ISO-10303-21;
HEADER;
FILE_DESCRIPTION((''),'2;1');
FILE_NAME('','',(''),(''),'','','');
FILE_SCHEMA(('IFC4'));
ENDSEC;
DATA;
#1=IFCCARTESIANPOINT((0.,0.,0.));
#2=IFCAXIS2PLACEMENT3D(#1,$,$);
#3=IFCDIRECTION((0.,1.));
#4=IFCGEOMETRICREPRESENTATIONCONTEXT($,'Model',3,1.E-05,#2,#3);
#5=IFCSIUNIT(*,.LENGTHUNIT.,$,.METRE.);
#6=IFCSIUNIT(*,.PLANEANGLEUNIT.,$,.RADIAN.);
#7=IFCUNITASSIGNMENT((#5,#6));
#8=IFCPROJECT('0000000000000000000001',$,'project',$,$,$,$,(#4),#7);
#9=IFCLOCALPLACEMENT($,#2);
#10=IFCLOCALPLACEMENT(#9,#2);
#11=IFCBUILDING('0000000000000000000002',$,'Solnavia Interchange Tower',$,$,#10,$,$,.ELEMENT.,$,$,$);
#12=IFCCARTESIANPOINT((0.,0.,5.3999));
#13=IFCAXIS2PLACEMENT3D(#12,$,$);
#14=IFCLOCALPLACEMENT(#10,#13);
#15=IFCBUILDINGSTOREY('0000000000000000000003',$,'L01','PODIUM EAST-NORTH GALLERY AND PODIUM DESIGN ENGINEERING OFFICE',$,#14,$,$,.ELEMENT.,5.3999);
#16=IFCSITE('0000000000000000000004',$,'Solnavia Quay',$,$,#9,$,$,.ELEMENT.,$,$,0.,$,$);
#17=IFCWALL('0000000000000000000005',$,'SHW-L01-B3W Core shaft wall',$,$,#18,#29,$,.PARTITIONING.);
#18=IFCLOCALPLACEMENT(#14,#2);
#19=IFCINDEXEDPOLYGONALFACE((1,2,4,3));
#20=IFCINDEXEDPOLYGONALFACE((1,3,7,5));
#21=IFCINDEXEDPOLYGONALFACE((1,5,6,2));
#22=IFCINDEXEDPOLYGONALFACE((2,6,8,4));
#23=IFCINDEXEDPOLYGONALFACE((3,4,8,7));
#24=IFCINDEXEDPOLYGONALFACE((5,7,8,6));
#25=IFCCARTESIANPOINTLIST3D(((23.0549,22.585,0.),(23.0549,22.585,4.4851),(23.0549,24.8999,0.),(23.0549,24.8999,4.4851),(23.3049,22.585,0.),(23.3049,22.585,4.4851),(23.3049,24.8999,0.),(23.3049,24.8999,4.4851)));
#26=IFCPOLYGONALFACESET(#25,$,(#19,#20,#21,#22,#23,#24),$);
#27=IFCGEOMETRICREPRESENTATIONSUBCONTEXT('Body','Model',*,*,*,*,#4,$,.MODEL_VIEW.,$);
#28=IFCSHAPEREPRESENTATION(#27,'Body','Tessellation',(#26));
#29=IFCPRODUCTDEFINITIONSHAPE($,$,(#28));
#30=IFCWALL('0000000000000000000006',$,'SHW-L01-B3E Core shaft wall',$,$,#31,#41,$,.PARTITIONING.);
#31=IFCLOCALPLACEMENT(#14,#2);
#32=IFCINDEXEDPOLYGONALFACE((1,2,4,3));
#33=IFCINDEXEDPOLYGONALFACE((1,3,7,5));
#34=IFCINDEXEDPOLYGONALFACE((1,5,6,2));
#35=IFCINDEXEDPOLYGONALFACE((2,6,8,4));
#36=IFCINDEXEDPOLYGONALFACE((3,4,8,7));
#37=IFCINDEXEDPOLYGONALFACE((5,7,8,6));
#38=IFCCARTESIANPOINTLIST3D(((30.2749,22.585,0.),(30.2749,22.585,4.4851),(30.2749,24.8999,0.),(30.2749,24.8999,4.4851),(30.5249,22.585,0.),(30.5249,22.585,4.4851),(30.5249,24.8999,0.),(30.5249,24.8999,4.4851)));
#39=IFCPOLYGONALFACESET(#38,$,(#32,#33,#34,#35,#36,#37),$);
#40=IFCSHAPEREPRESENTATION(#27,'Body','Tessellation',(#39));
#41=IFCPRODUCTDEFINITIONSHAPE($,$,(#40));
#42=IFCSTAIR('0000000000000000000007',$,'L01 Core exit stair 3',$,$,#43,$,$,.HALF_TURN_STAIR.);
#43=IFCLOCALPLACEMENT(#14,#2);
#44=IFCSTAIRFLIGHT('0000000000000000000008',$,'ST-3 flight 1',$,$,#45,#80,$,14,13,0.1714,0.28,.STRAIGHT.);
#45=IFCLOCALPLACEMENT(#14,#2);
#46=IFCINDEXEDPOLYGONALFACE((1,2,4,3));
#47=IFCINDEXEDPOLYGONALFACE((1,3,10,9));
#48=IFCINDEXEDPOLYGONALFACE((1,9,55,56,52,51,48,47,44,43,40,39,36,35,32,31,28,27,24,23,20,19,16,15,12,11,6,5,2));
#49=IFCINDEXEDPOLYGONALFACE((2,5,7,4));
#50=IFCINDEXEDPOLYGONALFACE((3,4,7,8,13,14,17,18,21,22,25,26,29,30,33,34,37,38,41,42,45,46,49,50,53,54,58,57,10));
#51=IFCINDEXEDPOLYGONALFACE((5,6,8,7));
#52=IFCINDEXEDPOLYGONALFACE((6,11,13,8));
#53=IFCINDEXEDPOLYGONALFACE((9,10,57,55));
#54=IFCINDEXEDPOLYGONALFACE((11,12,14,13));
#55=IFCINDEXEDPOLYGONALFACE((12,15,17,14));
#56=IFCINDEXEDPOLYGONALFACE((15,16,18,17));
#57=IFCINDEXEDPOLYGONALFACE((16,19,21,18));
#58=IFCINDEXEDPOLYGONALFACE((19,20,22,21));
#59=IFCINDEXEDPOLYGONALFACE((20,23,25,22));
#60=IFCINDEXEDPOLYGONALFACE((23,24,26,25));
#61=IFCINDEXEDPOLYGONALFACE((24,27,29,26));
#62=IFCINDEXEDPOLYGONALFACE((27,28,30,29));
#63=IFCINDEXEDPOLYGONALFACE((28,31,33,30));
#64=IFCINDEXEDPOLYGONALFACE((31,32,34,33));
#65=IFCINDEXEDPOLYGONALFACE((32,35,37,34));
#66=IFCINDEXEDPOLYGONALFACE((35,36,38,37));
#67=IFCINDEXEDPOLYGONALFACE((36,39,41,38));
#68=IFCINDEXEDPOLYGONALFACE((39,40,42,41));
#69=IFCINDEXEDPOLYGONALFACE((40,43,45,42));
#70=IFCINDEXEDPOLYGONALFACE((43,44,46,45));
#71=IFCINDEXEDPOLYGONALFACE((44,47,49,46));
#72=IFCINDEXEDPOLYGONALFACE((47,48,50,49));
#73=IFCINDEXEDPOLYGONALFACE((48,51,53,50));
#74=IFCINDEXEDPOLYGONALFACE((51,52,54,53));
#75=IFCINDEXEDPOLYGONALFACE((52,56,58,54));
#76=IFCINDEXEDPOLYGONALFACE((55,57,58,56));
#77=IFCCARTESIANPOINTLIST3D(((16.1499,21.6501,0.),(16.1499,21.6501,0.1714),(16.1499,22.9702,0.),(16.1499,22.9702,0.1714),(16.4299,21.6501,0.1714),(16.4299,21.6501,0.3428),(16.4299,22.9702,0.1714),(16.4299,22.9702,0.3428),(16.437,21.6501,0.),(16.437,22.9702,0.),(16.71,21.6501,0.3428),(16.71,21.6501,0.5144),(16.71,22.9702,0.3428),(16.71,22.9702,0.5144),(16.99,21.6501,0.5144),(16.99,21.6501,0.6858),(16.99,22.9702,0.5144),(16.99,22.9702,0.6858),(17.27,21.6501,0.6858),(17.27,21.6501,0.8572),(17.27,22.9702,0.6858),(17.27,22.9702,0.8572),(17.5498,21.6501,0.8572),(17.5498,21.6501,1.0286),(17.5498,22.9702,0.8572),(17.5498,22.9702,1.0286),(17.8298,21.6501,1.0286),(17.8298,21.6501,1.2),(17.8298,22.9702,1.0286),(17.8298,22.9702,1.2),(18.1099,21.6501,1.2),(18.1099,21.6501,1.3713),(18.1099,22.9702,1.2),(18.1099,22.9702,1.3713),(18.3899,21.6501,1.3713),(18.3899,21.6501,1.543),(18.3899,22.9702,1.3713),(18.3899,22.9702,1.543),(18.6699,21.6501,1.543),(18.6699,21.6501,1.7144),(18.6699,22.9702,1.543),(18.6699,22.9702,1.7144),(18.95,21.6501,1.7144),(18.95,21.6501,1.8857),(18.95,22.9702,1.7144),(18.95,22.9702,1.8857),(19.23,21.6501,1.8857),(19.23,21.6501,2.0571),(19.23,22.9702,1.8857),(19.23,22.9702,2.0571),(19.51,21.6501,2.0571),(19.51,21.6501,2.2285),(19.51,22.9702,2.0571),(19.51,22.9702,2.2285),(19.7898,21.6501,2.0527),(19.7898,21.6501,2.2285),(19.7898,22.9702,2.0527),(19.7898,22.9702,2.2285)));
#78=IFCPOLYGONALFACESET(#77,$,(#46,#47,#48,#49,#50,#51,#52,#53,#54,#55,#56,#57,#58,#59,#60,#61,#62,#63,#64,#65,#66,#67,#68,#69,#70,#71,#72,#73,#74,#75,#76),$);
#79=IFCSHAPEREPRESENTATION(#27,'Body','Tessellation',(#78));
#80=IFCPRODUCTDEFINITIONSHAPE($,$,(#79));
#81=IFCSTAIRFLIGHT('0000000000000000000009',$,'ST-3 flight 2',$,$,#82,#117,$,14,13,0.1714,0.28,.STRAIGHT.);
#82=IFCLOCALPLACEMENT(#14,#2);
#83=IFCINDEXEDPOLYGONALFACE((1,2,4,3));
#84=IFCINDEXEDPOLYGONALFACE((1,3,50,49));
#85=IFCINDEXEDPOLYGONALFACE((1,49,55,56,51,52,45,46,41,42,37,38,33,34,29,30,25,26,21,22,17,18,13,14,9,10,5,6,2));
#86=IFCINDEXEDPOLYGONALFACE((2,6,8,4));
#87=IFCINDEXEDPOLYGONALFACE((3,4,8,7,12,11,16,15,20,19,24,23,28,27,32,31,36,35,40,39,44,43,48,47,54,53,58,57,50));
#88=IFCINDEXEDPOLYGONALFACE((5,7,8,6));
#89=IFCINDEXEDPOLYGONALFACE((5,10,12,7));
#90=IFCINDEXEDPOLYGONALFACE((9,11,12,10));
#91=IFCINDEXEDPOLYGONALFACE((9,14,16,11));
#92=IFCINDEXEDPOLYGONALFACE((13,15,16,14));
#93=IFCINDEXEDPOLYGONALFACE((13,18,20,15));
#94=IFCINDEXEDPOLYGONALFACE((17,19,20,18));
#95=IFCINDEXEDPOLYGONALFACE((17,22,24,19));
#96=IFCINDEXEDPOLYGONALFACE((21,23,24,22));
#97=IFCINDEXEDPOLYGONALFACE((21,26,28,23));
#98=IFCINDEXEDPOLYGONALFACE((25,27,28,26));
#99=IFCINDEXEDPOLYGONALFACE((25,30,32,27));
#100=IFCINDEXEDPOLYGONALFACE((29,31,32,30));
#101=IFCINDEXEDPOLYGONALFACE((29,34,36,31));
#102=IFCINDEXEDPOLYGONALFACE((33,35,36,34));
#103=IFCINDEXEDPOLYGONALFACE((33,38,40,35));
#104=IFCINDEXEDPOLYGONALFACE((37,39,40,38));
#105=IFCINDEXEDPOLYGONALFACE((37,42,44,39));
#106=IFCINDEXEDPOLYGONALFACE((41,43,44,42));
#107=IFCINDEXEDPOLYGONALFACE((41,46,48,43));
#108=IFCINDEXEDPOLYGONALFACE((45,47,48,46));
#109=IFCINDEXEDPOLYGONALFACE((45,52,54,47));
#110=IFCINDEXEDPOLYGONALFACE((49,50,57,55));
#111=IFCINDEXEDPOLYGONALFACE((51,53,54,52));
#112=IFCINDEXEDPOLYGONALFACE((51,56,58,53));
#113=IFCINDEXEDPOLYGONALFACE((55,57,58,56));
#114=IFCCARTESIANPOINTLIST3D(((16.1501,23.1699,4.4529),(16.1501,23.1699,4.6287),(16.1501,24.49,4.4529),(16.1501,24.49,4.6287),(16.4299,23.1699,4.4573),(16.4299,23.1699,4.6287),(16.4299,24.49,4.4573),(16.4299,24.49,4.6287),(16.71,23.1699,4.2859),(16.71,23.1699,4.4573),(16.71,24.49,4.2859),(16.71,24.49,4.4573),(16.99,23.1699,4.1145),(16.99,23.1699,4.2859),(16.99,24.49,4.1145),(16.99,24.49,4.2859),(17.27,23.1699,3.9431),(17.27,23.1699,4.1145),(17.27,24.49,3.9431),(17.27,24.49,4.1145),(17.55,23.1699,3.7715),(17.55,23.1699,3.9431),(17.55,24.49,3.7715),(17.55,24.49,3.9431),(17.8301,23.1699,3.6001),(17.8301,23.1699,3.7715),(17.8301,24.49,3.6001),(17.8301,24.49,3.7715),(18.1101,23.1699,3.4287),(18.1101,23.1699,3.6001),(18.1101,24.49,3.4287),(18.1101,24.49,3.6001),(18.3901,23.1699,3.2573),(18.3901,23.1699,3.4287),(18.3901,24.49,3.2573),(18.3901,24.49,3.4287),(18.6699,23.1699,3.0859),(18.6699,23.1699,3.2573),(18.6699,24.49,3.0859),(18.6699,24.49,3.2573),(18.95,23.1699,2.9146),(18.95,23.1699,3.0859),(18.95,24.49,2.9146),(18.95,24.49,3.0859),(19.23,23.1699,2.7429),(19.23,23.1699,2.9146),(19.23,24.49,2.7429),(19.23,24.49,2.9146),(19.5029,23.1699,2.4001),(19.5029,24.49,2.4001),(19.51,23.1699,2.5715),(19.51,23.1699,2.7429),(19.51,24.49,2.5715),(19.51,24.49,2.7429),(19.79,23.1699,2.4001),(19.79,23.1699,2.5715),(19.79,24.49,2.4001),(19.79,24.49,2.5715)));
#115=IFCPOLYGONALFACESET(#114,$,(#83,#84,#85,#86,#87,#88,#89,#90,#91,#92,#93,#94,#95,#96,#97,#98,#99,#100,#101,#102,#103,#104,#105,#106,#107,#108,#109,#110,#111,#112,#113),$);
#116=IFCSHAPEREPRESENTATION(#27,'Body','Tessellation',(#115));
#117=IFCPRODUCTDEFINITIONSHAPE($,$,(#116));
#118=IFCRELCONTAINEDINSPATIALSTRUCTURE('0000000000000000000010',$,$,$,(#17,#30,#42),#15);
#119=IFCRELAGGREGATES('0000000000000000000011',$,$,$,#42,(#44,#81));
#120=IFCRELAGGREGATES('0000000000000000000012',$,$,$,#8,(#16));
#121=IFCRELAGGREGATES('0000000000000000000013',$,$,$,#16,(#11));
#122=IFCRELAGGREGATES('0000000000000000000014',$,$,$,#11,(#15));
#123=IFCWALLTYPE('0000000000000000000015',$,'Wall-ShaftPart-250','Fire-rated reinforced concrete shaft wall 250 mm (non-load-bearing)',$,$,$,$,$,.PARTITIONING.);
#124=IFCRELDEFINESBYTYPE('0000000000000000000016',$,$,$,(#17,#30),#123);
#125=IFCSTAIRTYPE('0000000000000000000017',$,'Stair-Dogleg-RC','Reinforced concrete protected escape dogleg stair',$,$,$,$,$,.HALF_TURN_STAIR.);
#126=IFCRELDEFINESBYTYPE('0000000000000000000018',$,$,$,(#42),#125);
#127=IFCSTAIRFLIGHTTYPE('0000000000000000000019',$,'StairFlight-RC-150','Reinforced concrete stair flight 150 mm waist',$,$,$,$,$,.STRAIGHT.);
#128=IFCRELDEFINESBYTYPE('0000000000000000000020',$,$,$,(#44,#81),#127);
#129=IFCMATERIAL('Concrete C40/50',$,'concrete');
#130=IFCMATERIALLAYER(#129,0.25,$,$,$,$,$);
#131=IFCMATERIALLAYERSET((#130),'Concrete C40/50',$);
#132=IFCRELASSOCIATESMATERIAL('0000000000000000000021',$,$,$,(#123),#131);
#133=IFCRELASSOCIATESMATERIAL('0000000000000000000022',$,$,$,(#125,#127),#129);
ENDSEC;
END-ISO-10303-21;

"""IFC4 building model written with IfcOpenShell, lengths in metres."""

from ifc_helpers import new_model, si_unit, direction, frame, frame_2d, origin, place, context, subcontext, project, spatial, polyline, rectangle, outline, extrude, material, layer, layer_set, type_object, element, aggregate, save


model = new_model("IFC4")

# Units and contexts
model_context = context("Model", 3, precision=1e-05, world=origin(), true_north=direction((0.0, 1.0)))
body_context = subcontext(model_context, "Body", "Model", "MODEL_VIEW")
ifc_project = project(units=[si_unit("LENGTHUNIT", "METRE"), si_unit("PLANEANGLEUNIT", "RADIAN")], contexts=[model_context])

# Site, building, storey
site_placement = place(None, origin())
site = spatial("IfcSite", under=ifc_project, at=site_placement, Name="Solnavia Quay", CompositionType="ELEMENT", RefElevation=0.0)
building_placement = place(site_placement, origin())
building = spatial("IfcBuilding", under=site, at=building_placement, Name="Solnavia Interchange Tower", CompositionType="ELEMENT")
storey_placement = place(building_placement, frame((0.0, 0.0, 5.3999)))
storey = spatial("IfcBuildingStorey", under=building, at=storey_placement, Name="L01", Description="PODIUM EAST-NORTH GALLERY AND PODIUM DESIGN ENGINEERING OFFICE", CompositionType="ELEMENT", Elevation=5.3999)

# Shared definitions
ifc_material_1 = material(Name="Concrete C40/50", Category="concrete")

# Shared definitions
ifc_layer_1 = layer(ifc_material_1, 0.25)
ifc_layer_set_1 = layer_set([ifc_layer_1], Name="Concrete C40/50")
wall_type_1 = type_object("IfcWallType", Name="Wall-ShaftPart-250", Description="Fire-rated reinforced concrete shaft wall 250 mm (non-load-bearing)", PredefinedType="PARTITIONING", material=ifc_layer_set_1)

# Walls
for number, where, z_axis, x_axis, name in (
    (1, (23.1799, 22.585, 0.0), (0.0, 0.0, 1.0), (0.0, 1.0, 0.0), "SHW-L01-B3W Core shaft wall"),
    (2, (30.3999, 22.585, 0.0), (0.0, 0.0, 1.0), (0.0, 1.0, 0.0), "SHW-L01-B3E Core shaft wall"),
):
    element("IfcWall", number, at=place(storey_placement, frame(where, z_axis=z_axis, x_axis=x_axis)), inside=storey, type_object=wall_type_1, Name=name, PredefinedType="PARTITIONING", context=body_context, shape_type="SweptSolid", body=[
        extrude(rectangle(XDim=2.3149, YDim=0.25, at=frame_2d((1.1575, 0.0))), origin(), (0.0, 0.0, 1.0), 4.4851),
    ])

# Stair, stair flights
stair_type = type_object("IfcStairType", Name="Stair-Dogleg-RC", Description="Reinforced concrete protected escape dogleg stair", PredefinedType="HALF_TURN_STAIR", material=ifc_material_1)
stair_placement = place(storey_placement, origin())
stair = element("IfcStair", 3, at=stair_placement, inside=storey, type_object=stair_type, Name="L01 Core exit stair 3", PredefinedType="HALF_TURN_STAIR")
stair_flight_type = type_object("IfcStairFlightType", Name="StairFlight-RC-150", Description="Reinforced concrete stair flight 150 mm waist", PredefinedType="STRAIGHT", material=ifc_material_1)
stair_flight_1_placement = place(storey_placement, frame((16.1499, 22.3101, 0.0), z_axis=(0.0, 0.0, 1.0), x_axis=(1.0, 0.0, 0.0)))
stair_flight_1 = element("IfcStairFlight", 4, at=stair_flight_1_placement, type_object=stair_flight_type, Name="ST-3 flight 1", NumberOfRisers=14, NumberOfTreads=13, PredefinedType="STRAIGHT", RiserHeight=0.1714, TreadLength=0.28, context=body_context, shape_type="SweptSolid", body=[
    extrude(outline(polyline([(0.0, 0.0), (0.0, 0.1714), (0.28, 0.1714), (0.28, 0.3428), (0.5601, 0.3428), (0.5601, 0.5144), (0.8401, 0.5144), (0.8401, 0.6858), (1.1201, 0.6858), (1.1201, 0.8572), (1.3999, 0.8572), (1.3999, 1.0286), (1.6799, 1.0286), (1.6799, 1.2), (1.96, 1.2), (1.96, 1.3713), (2.24, 1.3713), (2.24, 1.543), (2.52, 1.543), (2.52, 1.7144), (2.8, 1.7144), (2.8, 1.8857), (3.0801, 1.8857), (3.0801, 2.0571), (3.3601, 2.0571), (3.3601, 2.2285), (3.6399, 2.2285), (3.6399, 2.3999), (3.6399, 2.0527), (0.2871, 0.0), (0.0, 0.0)])), frame((0.0, 0.6602, 0.0), z_axis=(0.0, -1.0, 0.0), x_axis=(1.0, 0.0, 0.0)), (0.0, 0.0, 1.0), 1.3201),
])
stair_flight_2_placement = place(storey_placement, frame((19.79, 23.8301, 2.4001), z_axis=(0.0, 0.0, 1.0), x_axis=(-1.0, 0.0, 0.0)))
stair_flight_2 = element("IfcStairFlight", 5, at=stair_flight_2_placement, type_object=stair_flight_type, Name="ST-3 flight 2", NumberOfRisers=14, NumberOfTreads=13, PredefinedType="STRAIGHT", RiserHeight=0.1714, TreadLength=0.28, context=body_context, shape_type="SweptSolid", body=[
    extrude(outline(polyline([(0.0, 0.0), (0.0, 0.1714), (0.28, 0.1714), (0.28, 0.3428), (0.5601, 0.3428), (0.5601, 0.5144), (0.8401, 0.5144), (0.8401, 0.6858), (1.1201, 0.6858), (1.1201, 0.8572), (1.3999, 0.8572), (1.3999, 1.0286), (1.6799, 1.0286), (1.6799, 1.2), (1.96, 1.2), (1.96, 1.3713), (2.24, 1.3713), (2.24, 1.543), (2.52, 1.543), (2.52, 1.7144), (2.8, 1.7144), (2.8, 1.8857), (3.0801, 1.8857), (3.0801, 2.0571), (3.3601, 2.0571), (3.3601, 2.2285), (3.6399, 2.2285), (3.6399, 2.3999), (3.6399, 2.0527), (0.2871, 0.0), (0.0, 0.0)])), frame((0.0, 0.6602, 0.0), z_axis=(0.0, -1.0, 0.0), x_axis=(1.0, 0.0, 0.0)), (0.0, 0.0, 1.0), 1.3201),
])
aggregate(stair, [stair_flight_1, stair_flight_2])

save(model, "model.ifc")
